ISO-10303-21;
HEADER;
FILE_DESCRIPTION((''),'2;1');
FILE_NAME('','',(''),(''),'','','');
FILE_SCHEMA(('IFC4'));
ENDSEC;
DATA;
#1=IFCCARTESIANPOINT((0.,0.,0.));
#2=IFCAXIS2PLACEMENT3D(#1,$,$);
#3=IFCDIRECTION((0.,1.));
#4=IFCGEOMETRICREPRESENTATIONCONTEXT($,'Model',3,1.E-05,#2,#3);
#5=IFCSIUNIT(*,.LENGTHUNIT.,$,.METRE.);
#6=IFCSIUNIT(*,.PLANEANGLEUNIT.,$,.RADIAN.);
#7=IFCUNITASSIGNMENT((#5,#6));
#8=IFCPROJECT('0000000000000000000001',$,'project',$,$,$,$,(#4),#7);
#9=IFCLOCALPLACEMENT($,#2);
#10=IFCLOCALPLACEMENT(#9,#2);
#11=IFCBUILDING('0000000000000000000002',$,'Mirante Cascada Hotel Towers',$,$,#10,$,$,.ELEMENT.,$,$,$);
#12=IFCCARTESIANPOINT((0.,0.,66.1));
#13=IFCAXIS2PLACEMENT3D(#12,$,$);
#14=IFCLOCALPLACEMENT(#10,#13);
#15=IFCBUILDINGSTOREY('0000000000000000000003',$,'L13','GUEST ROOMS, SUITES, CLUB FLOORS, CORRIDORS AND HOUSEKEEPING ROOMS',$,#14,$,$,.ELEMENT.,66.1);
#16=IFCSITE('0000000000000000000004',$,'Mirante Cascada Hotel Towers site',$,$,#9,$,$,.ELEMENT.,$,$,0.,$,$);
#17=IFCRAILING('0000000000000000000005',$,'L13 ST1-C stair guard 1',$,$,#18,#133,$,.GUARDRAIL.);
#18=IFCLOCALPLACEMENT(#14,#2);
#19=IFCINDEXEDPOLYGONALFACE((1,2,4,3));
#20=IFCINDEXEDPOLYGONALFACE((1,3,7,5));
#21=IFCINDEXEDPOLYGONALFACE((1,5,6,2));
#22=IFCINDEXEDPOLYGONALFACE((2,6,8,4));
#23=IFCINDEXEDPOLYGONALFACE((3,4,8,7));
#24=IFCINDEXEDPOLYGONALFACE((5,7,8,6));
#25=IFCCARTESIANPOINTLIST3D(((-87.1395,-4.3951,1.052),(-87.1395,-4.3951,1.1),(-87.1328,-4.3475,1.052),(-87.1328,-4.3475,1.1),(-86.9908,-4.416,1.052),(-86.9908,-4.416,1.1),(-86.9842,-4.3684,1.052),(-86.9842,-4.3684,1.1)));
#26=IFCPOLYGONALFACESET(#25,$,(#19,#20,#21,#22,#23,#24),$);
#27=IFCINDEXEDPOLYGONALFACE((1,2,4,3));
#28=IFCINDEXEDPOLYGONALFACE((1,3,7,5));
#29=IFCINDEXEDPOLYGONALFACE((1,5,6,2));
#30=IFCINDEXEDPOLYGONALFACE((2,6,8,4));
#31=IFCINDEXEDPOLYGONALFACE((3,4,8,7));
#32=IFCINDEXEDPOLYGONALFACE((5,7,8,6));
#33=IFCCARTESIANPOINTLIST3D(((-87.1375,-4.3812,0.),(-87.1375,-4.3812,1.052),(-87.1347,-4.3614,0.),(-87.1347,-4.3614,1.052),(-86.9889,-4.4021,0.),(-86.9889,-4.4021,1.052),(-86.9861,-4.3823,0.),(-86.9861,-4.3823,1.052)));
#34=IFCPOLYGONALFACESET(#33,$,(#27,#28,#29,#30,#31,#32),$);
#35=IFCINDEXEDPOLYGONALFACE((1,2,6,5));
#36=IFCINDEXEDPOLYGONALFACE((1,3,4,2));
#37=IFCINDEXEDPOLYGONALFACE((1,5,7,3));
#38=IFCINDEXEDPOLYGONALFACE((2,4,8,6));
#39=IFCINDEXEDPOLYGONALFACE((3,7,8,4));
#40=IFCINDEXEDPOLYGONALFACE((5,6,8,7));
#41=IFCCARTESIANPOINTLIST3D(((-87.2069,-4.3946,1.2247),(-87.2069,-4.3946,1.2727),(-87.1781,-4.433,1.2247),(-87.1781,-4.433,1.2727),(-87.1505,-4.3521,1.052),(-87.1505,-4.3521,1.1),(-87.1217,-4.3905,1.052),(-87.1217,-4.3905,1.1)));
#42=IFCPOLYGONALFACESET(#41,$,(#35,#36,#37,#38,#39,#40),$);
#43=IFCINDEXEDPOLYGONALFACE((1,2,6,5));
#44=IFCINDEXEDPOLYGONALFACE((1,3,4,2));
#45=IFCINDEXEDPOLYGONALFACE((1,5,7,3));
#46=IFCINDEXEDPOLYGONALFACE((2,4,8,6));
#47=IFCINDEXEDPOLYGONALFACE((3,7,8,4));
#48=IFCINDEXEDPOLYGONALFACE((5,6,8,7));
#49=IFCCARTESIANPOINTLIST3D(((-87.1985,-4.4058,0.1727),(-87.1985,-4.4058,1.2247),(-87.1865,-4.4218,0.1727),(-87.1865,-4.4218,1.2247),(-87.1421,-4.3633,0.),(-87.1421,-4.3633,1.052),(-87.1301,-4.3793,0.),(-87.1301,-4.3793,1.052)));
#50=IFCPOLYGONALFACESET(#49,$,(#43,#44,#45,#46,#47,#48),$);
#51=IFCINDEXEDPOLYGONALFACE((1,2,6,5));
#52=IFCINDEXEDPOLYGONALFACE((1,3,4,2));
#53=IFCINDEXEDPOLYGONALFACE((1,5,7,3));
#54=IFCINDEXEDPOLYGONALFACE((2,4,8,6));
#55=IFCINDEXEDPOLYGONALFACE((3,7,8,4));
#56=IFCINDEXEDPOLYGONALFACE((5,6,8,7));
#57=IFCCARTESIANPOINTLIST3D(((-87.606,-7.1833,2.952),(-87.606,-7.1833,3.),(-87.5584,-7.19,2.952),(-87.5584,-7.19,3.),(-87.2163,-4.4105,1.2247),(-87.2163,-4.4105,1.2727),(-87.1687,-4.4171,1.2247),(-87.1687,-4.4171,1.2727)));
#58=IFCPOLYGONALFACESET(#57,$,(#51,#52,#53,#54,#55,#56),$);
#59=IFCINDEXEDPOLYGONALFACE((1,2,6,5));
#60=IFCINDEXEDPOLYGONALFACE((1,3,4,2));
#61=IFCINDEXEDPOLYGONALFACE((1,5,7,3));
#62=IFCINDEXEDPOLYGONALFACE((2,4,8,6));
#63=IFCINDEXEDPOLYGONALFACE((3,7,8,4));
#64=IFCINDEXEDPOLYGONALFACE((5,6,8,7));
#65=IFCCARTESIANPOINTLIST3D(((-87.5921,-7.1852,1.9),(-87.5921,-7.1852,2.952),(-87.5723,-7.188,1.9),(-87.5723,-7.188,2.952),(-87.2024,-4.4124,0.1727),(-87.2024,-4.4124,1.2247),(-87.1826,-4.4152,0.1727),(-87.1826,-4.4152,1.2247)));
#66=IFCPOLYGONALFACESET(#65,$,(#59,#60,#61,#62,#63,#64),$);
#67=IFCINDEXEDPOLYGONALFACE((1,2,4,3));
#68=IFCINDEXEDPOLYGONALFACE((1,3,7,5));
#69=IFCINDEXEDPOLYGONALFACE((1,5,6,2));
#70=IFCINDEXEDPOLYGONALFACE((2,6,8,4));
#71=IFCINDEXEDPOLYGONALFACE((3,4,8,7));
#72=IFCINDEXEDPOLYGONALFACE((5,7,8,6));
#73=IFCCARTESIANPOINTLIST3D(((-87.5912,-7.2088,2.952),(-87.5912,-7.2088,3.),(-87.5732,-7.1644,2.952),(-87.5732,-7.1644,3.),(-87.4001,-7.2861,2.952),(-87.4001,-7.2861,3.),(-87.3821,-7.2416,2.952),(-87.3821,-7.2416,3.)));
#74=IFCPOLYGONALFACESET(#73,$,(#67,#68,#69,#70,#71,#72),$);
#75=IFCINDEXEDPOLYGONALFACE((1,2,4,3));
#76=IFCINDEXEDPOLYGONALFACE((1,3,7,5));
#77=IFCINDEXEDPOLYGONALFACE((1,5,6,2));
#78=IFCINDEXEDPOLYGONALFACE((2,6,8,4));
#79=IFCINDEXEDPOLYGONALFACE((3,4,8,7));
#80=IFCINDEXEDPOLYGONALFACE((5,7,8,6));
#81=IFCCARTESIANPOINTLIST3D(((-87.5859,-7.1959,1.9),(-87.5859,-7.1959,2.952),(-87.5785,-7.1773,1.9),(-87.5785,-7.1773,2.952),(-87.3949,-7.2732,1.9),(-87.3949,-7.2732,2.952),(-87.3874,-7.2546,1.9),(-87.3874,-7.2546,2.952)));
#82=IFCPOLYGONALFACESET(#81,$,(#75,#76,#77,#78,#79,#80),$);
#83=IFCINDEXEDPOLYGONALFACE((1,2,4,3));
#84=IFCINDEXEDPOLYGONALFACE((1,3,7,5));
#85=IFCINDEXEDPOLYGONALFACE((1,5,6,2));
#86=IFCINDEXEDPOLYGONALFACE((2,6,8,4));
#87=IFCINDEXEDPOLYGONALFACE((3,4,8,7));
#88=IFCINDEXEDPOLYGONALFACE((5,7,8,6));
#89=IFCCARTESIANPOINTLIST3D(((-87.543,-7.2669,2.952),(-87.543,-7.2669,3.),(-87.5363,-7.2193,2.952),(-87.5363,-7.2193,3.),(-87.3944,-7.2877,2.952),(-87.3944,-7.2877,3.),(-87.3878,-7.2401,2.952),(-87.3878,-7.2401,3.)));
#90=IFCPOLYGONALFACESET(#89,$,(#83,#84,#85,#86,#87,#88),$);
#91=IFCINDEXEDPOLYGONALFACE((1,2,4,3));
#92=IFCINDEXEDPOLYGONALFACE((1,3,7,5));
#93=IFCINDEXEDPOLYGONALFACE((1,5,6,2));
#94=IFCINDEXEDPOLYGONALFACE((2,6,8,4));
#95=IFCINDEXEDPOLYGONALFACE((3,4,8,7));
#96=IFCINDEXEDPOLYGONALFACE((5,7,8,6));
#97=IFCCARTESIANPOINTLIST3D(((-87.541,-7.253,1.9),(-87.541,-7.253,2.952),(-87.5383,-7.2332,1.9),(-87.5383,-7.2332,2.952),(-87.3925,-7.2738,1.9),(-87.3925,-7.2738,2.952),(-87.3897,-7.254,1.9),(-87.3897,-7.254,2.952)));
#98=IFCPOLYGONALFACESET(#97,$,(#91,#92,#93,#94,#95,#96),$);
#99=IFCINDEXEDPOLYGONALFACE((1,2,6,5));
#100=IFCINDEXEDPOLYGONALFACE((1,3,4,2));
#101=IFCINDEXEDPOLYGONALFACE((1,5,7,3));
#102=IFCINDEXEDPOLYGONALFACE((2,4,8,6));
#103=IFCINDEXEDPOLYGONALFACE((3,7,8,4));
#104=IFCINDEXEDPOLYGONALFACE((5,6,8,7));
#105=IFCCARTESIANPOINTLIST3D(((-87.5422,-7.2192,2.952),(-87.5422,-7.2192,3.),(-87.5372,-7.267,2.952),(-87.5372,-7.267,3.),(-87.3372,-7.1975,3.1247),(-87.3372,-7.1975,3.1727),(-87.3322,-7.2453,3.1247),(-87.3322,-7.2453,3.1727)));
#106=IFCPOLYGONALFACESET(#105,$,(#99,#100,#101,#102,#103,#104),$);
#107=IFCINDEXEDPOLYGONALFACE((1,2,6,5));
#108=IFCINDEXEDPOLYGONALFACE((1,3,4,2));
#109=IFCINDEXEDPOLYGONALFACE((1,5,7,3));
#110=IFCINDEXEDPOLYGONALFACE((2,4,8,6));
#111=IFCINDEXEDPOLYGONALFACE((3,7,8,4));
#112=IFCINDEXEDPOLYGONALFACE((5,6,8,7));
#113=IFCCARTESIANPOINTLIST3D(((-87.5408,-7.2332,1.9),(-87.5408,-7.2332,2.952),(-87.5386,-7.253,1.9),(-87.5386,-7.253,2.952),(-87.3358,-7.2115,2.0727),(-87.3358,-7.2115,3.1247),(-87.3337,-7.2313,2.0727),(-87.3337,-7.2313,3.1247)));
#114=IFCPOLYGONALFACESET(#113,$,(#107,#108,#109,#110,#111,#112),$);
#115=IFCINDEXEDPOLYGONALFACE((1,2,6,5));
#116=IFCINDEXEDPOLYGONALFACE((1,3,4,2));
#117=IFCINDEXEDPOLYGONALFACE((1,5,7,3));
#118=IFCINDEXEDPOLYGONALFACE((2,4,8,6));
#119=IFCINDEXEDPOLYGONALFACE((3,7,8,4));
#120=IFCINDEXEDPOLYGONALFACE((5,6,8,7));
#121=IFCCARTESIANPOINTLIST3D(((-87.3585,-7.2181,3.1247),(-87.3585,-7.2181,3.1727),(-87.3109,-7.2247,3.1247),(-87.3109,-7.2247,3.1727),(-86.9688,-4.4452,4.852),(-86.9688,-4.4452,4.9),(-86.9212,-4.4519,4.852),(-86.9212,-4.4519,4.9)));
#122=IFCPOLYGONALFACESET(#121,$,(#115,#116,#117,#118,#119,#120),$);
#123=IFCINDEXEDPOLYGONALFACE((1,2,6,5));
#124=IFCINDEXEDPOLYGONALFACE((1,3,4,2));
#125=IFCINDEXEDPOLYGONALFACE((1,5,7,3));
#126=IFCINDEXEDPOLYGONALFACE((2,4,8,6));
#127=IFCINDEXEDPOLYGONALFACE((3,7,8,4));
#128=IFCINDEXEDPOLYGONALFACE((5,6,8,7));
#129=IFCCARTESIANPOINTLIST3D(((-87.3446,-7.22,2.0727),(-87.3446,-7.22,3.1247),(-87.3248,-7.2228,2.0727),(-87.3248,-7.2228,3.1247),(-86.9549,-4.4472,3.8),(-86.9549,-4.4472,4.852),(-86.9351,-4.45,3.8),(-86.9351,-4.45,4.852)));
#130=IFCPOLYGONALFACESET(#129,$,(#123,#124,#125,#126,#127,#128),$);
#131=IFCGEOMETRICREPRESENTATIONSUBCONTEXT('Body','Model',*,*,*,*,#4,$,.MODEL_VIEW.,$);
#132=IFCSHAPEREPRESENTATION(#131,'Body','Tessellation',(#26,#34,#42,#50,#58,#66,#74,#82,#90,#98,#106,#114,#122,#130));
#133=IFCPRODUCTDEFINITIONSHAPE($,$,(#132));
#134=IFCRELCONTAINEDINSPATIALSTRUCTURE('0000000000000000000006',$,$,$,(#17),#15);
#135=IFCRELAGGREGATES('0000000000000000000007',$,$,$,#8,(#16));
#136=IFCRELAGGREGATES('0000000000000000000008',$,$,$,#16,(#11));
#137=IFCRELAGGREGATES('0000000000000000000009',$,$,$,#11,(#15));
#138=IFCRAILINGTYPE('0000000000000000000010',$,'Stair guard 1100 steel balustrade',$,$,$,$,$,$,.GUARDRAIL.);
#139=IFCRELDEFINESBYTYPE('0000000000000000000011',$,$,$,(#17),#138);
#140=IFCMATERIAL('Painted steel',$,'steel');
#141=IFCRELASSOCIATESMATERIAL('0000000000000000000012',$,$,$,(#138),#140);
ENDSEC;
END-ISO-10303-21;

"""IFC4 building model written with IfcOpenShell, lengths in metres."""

from ifc_helpers import new_model, si_unit, direction, frame, origin, origin_2d, place, context, subcontext, project, spatial, rectangle, extrude, material, type_object, element, save


model = new_model("IFC4")

# Units and contexts
model_context = context("Model", 3, precision=1e-05, world=origin(), true_north=direction((0.0, 1.0)))
body_context = subcontext(model_context, "Body", "Model", "MODEL_VIEW")
ifc_project = project(units=[si_unit("LENGTHUNIT", "METRE"), si_unit("PLANEANGLEUNIT", "RADIAN")], contexts=[model_context])

# Site, building, storey
site_placement = place(None, origin())
site = spatial("IfcSite", under=ifc_project, at=site_placement, Name="Mirante Cascada Hotel Towers site", CompositionType="ELEMENT", RefElevation=0.0)
building_placement = place(site_placement, origin())
building = spatial("IfcBuilding", under=site, at=building_placement, Name="Mirante Cascada Hotel Towers", CompositionType="ELEMENT")
storey_placement = place(building_placement, frame((0.0, 0.0, 66.1)))
storey = spatial("IfcBuildingStorey", under=building, at=storey_placement, Name="L13", Description="GUEST ROOMS, SUITES, CLUB FLOORS, CORRIDORS AND HOUSEKEEPING ROOMS", CompositionType="ELEMENT", Elevation=66.1)

# Railing
ifc_material_1 = material(Name="Painted steel", Category="steel")
railing_type = type_object("IfcRailingType", Name="Stair guard 1100 steel balustrade", PredefinedType="GUARDRAIL", material=ifc_material_1)
railing_placement = place(storey_placement, frame((-86.9875, -4.3922, 0.0)))
element("IfcRailing", 1, at=railing_placement, inside=storey, type_object=railing_type, Name="L13 ST1-C stair guard 1", PredefinedType="GUARDRAIL", context=body_context, shape_type="SweptSolid", body=[
    extrude(rectangle(XDim=0.048, YDim=0.048, at=origin_2d()), frame((0.0, 0.0, 1.076), z_axis=(-0.990254, 0.139275, 0.0), x_axis=(-0.139275, -0.990254, 0.0)), (0.0, 0.0, 1.0), 0.1501),
    extrude(rectangle(XDim=0.02, YDim=1.052, at=origin_2d()), frame((0.0, 0.0, 0.526), z_axis=(-0.990254, 0.139275, 0.0), x_axis=(-0.139275, -0.990254, 0.0)), (0.0, 0.0, 1.0), 0.1501),
    extrude(rectangle(XDim=0.048, YDim=0.048, at=origin_2d()), frame((-0.1486, 0.0209, 1.076), z_axis=(-0.798639, -0.601811, 0.0), x_axis=(0.601811, -0.798639, 0.0)), (0.0, 0.925603, 0.378496), 0.1866),
    extrude(rectangle(XDim=0.02, YDim=1.052, at=origin_2d()), frame((-0.1486, 0.0209, 0.526), z_axis=(-0.798639, -0.601811, 0.0), x_axis=(0.601811, -0.798639, 0.0)), (0.0, 0.925603, 0.378496), 0.1866),
    extrude(rectangle(XDim=0.048, YDim=0.048, at=origin_2d()), frame((-0.205, -0.0216, 1.2487), z_axis=(-0.139176, -0.990268, 0.0), x_axis=(0.990268, -0.139176, 0.0)), (0.0, 0.525021, 0.851089), 3.29),
    extrude(rectangle(XDim=0.02, YDim=1.052, at=origin_2d()), frame((-0.205, -0.0216, 0.6987), z_axis=(-0.139176, -0.990268, 0.0), x_axis=(0.990268, -0.139176, 0.0)), (0.0, 0.525021, 0.851089), 3.29),
    extrude(rectangle(XDim=0.048, YDim=0.048, at=origin_2d()), frame((-0.5947, -2.7944, 2.976), z_axis=(0.927031, -0.374984, 0.0), x_axis=(0.374984, 0.927031, 0.0)), (0.0, 0.0, 1.0), 0.2061),
    extrude(rectangle(XDim=0.02, YDim=1.052, at=origin_2d()), frame((-0.5947, -2.7944, 2.426), z_axis=(0.927031, -0.374984, 0.0), x_axis=(0.374984, 0.927031, 0.0)), (0.0, 0.0, 1.0), 0.2061),
    extrude(rectangle(XDim=0.048, YDim=0.048, at=origin_2d()), frame((-0.4036, -2.8717, 2.976), z_axis=(-0.990345, 0.138622, 0.0), x_axis=(-0.138622, -0.990345, 0.0)), (0.0, 0.0, 1.0), 0.15),
    extrude(rectangle(XDim=0.02, YDim=1.052, at=origin_2d()), frame((-0.4036, -2.8717, 2.426), z_axis=(-0.990345, 0.138622, 0.0), x_axis=(-0.138622, -0.990345, 0.0)), (0.0, 0.0, 1.0), 0.15),
    extrude(rectangle(XDim=0.048, YDim=0.048, at=origin_2d()), frame((-0.5522, -2.8509, 2.976), z_axis=(0.994444, 0.105266, 0.0), x_axis=(-0.105266, 0.994444, 0.0)), (0.0, 0.642184, 0.76655), 0.2689),
    extrude(rectangle(XDim=0.02, YDim=1.052, at=origin_2d()), frame((-0.5522, -2.8509, 2.426), z_axis=(0.994444, 0.105266, 0.0), x_axis=(-0.105266, 0.994444, 0.0)), (0.0, 0.642184, 0.76655), 0.2689),
    extrude(rectangle(XDim=0.048, YDim=0.048, at=origin_2d()), frame((-0.3472, -2.8292, 3.1487), z_axis=(0.139176, 0.990268, 0.0), x_axis=(-0.990268, 0.139176, 0.0)), (0.0, 0.525021, 0.851089), 3.29),
    extrude(rectangle(XDim=0.02, YDim=1.052, at=origin_2d()), frame((-0.3472, -2.8292, 2.5987), z_axis=(0.139176, 0.990268, 0.0), x_axis=(-0.990268, 0.139176, 0.0)), (0.0, 0.525021, 0.851089), 3.29),
])

save(model, "model.ifc")
